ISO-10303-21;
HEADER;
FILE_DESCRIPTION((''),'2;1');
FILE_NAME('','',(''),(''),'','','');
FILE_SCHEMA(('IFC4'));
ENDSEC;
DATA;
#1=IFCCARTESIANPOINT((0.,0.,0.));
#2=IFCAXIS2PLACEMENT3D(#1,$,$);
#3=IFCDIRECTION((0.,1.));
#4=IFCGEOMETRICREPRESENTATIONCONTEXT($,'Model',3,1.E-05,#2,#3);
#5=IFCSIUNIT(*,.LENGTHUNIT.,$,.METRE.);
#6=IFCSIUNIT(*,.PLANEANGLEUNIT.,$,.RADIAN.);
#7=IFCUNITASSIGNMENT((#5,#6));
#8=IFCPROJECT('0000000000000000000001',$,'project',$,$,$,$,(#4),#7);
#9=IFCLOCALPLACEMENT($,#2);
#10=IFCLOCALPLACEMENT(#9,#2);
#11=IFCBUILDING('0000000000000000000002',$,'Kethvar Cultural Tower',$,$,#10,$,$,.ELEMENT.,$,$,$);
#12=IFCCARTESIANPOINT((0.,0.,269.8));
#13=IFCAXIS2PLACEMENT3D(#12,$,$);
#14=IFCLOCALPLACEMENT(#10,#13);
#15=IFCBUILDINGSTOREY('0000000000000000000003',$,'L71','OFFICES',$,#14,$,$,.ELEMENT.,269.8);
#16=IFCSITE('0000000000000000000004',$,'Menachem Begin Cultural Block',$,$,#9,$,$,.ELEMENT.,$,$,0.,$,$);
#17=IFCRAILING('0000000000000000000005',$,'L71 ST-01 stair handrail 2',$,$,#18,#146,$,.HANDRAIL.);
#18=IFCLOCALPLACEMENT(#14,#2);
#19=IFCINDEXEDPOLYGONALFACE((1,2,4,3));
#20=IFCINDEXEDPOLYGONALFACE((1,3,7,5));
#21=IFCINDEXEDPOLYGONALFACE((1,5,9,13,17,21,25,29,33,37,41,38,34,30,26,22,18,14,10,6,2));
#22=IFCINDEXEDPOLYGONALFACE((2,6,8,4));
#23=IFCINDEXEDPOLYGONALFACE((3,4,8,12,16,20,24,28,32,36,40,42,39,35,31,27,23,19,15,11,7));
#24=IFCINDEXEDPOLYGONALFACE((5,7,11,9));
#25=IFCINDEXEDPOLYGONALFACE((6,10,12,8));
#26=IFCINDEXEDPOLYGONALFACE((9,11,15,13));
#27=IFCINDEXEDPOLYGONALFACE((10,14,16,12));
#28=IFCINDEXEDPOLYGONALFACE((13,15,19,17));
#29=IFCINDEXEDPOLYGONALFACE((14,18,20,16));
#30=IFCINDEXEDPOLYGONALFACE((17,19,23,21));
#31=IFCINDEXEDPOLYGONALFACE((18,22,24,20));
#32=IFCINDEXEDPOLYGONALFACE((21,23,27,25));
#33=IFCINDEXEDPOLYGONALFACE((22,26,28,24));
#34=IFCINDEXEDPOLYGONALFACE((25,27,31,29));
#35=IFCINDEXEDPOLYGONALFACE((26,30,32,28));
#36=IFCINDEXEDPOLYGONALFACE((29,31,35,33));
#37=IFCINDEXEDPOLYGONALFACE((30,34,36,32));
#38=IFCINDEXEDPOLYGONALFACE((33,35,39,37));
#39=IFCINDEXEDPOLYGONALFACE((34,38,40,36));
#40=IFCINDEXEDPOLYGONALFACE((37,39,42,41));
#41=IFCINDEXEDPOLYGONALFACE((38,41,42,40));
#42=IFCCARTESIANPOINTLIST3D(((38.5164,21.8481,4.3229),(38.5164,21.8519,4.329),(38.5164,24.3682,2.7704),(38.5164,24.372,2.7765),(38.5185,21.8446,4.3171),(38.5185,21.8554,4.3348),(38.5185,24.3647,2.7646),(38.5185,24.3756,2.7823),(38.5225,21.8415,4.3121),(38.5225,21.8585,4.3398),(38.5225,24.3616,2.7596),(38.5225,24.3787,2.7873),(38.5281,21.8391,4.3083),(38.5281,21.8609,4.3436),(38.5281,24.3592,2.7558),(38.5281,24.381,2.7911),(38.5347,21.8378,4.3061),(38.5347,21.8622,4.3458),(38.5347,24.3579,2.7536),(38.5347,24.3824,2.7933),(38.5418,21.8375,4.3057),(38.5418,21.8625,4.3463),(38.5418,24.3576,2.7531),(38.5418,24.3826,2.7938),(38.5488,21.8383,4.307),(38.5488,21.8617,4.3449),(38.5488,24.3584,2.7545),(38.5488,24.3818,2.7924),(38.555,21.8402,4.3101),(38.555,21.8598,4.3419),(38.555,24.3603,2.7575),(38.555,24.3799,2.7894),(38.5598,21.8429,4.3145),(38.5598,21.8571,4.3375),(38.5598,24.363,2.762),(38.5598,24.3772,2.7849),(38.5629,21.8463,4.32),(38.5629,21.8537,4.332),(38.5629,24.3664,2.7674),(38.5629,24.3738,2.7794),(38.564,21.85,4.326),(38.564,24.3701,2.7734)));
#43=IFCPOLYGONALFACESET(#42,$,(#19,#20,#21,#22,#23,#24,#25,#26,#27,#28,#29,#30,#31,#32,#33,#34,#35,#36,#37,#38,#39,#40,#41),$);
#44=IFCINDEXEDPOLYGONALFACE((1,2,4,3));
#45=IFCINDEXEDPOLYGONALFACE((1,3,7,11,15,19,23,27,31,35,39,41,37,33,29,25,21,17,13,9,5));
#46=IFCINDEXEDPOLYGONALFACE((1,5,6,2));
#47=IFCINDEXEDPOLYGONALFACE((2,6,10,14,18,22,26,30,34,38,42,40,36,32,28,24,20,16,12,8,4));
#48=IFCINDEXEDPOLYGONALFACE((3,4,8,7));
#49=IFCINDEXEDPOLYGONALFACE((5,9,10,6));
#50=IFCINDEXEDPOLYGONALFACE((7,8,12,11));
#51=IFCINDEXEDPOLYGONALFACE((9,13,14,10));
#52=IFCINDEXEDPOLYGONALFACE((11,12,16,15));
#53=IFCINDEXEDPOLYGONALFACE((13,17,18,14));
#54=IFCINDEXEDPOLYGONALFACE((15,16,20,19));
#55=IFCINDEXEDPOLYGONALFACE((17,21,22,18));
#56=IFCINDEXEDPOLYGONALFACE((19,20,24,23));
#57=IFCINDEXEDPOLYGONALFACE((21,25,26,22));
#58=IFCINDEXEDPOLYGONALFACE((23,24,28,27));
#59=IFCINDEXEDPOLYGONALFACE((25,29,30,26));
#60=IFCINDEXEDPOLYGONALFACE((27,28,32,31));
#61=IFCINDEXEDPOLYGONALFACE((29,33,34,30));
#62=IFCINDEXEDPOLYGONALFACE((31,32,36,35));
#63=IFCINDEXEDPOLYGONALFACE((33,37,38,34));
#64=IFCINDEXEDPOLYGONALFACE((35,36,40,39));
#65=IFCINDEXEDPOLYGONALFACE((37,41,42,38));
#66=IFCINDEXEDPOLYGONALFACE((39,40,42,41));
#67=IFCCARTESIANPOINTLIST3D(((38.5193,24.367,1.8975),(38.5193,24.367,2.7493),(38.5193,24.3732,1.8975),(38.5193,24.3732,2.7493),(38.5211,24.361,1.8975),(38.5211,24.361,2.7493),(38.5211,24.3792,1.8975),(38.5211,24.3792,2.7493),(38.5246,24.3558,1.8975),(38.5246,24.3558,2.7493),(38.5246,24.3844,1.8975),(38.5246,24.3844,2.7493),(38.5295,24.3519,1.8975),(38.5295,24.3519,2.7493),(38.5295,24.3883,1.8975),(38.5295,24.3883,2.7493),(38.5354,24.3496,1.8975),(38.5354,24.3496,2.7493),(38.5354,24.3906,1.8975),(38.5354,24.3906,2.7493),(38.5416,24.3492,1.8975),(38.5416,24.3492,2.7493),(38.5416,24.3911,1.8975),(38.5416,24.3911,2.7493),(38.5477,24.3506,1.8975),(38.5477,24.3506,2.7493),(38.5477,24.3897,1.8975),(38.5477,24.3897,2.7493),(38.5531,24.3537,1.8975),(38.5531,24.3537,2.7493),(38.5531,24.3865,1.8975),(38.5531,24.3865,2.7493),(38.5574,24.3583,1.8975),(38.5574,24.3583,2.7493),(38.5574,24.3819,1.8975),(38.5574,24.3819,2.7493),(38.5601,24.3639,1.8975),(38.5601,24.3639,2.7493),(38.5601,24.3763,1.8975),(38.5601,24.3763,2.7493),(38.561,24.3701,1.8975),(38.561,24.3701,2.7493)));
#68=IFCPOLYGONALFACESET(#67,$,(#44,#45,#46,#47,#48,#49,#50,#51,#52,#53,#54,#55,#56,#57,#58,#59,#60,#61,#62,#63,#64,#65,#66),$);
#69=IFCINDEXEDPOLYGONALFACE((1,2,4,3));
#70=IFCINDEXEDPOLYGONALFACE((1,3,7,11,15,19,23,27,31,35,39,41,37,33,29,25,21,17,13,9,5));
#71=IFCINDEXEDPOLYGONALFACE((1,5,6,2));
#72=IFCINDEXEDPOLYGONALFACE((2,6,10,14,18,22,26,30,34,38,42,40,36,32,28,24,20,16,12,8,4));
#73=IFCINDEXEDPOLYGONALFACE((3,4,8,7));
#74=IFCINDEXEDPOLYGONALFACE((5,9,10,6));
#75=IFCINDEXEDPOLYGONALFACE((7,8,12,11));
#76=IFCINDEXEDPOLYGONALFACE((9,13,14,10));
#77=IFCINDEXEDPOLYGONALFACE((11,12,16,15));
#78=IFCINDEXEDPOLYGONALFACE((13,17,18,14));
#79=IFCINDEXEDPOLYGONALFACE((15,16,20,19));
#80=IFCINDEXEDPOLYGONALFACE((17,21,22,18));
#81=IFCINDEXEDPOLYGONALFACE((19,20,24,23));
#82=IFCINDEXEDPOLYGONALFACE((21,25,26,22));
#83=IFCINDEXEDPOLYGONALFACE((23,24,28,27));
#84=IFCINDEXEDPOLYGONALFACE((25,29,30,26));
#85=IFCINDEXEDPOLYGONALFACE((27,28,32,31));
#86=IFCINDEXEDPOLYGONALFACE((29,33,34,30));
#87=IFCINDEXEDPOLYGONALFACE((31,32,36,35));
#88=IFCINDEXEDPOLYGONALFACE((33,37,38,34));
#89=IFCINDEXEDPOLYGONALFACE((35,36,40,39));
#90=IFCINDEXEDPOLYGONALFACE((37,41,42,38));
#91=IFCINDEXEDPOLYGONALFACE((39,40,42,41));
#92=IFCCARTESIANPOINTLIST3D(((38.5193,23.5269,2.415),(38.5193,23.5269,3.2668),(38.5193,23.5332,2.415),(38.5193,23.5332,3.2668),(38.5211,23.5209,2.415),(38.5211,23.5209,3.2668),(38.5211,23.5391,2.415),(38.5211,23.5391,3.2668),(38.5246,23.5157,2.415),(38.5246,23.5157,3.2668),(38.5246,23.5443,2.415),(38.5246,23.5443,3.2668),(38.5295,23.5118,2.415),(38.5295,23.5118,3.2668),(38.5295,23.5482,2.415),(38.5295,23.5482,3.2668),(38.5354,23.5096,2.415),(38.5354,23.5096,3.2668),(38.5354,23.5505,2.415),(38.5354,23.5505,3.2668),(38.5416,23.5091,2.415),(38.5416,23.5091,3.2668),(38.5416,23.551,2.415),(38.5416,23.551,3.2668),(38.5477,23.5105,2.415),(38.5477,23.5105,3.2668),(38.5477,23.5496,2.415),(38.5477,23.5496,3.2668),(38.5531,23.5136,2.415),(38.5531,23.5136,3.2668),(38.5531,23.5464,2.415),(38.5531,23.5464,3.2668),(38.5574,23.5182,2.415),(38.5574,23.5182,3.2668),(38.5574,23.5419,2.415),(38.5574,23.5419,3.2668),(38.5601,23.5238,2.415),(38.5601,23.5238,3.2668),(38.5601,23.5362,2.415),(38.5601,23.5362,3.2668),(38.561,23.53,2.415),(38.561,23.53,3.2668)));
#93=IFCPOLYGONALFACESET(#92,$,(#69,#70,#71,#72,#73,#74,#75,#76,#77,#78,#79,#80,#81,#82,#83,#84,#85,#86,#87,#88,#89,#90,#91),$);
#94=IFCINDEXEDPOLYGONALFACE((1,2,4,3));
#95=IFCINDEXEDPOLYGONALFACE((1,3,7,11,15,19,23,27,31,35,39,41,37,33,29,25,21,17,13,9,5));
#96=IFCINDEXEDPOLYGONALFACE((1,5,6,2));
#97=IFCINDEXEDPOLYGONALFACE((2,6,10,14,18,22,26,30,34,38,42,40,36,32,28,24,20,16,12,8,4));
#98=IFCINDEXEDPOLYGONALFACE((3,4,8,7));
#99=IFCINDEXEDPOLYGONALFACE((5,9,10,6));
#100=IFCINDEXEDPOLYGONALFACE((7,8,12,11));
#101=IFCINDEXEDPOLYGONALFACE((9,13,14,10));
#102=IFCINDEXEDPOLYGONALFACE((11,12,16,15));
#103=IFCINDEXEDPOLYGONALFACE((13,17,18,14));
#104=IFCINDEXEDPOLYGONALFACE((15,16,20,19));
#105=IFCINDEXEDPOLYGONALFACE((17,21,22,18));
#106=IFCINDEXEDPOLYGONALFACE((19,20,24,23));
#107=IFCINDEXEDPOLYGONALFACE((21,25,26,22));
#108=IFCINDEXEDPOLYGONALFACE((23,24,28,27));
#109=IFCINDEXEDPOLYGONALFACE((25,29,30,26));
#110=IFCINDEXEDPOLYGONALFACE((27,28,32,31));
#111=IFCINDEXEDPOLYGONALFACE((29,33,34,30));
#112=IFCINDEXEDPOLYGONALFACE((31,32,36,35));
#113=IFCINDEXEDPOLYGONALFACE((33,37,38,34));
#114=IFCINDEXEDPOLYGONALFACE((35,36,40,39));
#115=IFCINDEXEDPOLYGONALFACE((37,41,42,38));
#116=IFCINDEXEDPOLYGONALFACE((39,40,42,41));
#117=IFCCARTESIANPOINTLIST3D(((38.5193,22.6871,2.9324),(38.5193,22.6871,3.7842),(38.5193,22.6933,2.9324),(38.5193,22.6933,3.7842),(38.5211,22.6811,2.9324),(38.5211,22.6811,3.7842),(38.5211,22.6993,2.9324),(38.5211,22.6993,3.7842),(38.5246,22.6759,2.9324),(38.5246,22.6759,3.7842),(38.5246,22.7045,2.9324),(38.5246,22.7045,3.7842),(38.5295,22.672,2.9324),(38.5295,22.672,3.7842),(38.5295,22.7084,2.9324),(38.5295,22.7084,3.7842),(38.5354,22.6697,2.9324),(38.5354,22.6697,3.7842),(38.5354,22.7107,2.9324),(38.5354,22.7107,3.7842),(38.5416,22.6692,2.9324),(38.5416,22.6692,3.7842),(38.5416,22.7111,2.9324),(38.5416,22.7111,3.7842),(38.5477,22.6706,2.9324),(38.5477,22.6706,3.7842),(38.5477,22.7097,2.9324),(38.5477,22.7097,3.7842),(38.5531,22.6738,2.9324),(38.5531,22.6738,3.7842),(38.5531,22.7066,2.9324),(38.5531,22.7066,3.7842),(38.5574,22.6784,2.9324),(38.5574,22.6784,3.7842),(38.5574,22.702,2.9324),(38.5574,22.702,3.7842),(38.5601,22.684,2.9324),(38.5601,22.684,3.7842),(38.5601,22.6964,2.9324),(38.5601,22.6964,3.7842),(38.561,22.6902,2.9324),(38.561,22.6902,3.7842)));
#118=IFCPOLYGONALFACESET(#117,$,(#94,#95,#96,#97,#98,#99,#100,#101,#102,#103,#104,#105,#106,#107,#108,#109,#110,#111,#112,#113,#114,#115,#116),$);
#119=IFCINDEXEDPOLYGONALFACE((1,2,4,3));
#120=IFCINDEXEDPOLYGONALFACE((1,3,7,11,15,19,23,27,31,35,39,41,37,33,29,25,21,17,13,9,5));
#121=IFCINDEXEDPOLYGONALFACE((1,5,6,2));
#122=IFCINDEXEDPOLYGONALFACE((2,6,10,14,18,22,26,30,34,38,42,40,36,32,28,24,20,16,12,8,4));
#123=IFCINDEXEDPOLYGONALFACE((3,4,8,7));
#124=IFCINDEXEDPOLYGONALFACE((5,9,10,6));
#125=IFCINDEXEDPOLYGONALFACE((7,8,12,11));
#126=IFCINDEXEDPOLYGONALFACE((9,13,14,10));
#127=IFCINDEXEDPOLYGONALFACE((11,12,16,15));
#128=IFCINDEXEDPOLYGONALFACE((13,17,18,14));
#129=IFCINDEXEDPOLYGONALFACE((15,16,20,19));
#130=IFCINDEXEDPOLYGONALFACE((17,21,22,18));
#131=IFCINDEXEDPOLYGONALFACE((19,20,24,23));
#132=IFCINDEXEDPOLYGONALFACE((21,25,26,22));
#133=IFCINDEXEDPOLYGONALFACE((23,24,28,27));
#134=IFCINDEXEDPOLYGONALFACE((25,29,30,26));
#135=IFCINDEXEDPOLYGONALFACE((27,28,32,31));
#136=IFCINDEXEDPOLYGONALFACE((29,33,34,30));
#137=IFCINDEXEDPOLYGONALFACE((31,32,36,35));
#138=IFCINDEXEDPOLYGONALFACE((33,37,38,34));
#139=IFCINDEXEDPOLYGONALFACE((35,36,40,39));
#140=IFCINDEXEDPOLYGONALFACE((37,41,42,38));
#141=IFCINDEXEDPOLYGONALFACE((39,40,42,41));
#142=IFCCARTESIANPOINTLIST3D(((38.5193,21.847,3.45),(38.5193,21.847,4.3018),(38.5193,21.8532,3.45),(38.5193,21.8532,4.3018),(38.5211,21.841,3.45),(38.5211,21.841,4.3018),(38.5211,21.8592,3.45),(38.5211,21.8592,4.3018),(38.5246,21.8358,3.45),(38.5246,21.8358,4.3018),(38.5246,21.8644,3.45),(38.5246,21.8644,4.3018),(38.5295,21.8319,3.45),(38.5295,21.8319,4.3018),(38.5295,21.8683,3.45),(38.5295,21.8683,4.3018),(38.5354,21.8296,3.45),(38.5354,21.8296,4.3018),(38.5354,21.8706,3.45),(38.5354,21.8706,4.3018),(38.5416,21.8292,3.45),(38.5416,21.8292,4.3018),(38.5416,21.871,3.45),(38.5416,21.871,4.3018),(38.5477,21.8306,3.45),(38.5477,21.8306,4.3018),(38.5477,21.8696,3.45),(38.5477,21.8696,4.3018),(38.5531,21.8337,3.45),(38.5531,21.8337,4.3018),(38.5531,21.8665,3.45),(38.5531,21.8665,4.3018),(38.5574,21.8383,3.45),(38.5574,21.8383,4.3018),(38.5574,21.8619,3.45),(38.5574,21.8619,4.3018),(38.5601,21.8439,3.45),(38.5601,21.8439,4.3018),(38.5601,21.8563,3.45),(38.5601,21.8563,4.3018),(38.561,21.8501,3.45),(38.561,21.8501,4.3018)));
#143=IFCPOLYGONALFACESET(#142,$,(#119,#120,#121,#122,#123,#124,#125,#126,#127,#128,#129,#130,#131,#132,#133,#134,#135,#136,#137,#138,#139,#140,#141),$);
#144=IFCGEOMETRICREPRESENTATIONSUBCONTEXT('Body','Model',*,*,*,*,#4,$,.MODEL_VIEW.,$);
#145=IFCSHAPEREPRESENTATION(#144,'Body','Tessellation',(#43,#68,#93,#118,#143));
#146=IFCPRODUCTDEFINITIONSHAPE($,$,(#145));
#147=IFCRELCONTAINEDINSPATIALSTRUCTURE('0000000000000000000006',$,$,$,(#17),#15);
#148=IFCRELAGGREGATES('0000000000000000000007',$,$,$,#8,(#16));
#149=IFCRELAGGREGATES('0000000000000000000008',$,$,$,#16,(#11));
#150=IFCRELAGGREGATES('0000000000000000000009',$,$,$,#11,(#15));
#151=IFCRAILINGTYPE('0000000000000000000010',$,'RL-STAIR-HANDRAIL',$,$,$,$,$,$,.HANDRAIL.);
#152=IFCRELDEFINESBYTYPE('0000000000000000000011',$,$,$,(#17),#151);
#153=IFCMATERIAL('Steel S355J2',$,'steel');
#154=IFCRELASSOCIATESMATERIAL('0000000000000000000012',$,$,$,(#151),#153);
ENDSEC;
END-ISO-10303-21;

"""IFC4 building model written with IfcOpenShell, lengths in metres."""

from ifc_helpers import new_model, si_unit, direction, frame, origin, origin_2d, place, context, subcontext, project, spatial, circle, extrude, material, type_object, element, save


model = new_model("IFC4")

# Units and contexts
model_context = context("Model", 3, precision=1e-05, world=origin(), true_north=direction((0.0, 1.0)))
body_context = subcontext(model_context, "Body", "Model", "MODEL_VIEW")
ifc_project = project(units=[si_unit("LENGTHUNIT", "METRE"), si_unit("PLANEANGLEUNIT", "RADIAN")], contexts=[model_context])

# Site, building, storey
site_placement = place(None, origin())
site = spatial("IfcSite", under=ifc_project, at=site_placement, Name="Menachem Begin Cultural Block", CompositionType="ELEMENT", RefElevation=0.0)
building_placement = place(site_placement, origin())
building = spatial("IfcBuilding", under=site, at=building_placement, Name="Kethvar Cultural Tower", CompositionType="ELEMENT")
storey_placement = place(building_placement, frame((0.0, 0.0, 269.8)))
storey = spatial("IfcBuildingStorey", under=building, at=storey_placement, Name="L71", Description="OFFICES", CompositionType="ELEMENT", Elevation=269.8)

# Shared definitions
ifc_material_1 = material(Name="Steel S355J2", Category="steel")

# Railing
railing_type_1 = type_object("IfcRailingType", Name="RL-STAIR-HANDRAIL", PredefinedType="HANDRAIL", material=ifc_material_1)
railing_1_placement = place(storey_placement, frame((38.54, 24.3701, 1.8975)))
element("IfcRailing", 1, at=railing_1_placement, inside=storey, type_object=railing_type_1, Name="L71 ST-01 stair handrail 2", PredefinedType="HANDRAIL", context=body_context, shape_type="SweptSolid", body=[
    extrude(circle(Radius=0.0239, at=origin_2d()), frame((0.0, 0.0, 0.876), z_axis=(0.0, -0.8514, 0.524516), x_axis=(1.0, 0.0, 0.0)), (0.0, 0.0, 1.0), 2.96),
    extrude(circle(Radius=0.021, at=origin_2d()), origin(), (0.0, 0.0, 1.0), 0.8518),
    extrude(circle(Radius=0.021, at=origin_2d()), frame((0.0, -0.8401, 0.5176)), (0.0, 0.0, 1.0), 0.8518),
    extrude(circle(Radius=0.021, at=origin_2d()), frame((0.0, -1.6799, 1.0349)), (0.0, 0.0, 1.0), 0.8518),
    extrude(circle(Radius=0.021, at=origin_2d()), frame((0.0, -2.52, 1.5525)), (0.0, 0.0, 1.0), 0.8518),
])

save(model, "model.ifc")
